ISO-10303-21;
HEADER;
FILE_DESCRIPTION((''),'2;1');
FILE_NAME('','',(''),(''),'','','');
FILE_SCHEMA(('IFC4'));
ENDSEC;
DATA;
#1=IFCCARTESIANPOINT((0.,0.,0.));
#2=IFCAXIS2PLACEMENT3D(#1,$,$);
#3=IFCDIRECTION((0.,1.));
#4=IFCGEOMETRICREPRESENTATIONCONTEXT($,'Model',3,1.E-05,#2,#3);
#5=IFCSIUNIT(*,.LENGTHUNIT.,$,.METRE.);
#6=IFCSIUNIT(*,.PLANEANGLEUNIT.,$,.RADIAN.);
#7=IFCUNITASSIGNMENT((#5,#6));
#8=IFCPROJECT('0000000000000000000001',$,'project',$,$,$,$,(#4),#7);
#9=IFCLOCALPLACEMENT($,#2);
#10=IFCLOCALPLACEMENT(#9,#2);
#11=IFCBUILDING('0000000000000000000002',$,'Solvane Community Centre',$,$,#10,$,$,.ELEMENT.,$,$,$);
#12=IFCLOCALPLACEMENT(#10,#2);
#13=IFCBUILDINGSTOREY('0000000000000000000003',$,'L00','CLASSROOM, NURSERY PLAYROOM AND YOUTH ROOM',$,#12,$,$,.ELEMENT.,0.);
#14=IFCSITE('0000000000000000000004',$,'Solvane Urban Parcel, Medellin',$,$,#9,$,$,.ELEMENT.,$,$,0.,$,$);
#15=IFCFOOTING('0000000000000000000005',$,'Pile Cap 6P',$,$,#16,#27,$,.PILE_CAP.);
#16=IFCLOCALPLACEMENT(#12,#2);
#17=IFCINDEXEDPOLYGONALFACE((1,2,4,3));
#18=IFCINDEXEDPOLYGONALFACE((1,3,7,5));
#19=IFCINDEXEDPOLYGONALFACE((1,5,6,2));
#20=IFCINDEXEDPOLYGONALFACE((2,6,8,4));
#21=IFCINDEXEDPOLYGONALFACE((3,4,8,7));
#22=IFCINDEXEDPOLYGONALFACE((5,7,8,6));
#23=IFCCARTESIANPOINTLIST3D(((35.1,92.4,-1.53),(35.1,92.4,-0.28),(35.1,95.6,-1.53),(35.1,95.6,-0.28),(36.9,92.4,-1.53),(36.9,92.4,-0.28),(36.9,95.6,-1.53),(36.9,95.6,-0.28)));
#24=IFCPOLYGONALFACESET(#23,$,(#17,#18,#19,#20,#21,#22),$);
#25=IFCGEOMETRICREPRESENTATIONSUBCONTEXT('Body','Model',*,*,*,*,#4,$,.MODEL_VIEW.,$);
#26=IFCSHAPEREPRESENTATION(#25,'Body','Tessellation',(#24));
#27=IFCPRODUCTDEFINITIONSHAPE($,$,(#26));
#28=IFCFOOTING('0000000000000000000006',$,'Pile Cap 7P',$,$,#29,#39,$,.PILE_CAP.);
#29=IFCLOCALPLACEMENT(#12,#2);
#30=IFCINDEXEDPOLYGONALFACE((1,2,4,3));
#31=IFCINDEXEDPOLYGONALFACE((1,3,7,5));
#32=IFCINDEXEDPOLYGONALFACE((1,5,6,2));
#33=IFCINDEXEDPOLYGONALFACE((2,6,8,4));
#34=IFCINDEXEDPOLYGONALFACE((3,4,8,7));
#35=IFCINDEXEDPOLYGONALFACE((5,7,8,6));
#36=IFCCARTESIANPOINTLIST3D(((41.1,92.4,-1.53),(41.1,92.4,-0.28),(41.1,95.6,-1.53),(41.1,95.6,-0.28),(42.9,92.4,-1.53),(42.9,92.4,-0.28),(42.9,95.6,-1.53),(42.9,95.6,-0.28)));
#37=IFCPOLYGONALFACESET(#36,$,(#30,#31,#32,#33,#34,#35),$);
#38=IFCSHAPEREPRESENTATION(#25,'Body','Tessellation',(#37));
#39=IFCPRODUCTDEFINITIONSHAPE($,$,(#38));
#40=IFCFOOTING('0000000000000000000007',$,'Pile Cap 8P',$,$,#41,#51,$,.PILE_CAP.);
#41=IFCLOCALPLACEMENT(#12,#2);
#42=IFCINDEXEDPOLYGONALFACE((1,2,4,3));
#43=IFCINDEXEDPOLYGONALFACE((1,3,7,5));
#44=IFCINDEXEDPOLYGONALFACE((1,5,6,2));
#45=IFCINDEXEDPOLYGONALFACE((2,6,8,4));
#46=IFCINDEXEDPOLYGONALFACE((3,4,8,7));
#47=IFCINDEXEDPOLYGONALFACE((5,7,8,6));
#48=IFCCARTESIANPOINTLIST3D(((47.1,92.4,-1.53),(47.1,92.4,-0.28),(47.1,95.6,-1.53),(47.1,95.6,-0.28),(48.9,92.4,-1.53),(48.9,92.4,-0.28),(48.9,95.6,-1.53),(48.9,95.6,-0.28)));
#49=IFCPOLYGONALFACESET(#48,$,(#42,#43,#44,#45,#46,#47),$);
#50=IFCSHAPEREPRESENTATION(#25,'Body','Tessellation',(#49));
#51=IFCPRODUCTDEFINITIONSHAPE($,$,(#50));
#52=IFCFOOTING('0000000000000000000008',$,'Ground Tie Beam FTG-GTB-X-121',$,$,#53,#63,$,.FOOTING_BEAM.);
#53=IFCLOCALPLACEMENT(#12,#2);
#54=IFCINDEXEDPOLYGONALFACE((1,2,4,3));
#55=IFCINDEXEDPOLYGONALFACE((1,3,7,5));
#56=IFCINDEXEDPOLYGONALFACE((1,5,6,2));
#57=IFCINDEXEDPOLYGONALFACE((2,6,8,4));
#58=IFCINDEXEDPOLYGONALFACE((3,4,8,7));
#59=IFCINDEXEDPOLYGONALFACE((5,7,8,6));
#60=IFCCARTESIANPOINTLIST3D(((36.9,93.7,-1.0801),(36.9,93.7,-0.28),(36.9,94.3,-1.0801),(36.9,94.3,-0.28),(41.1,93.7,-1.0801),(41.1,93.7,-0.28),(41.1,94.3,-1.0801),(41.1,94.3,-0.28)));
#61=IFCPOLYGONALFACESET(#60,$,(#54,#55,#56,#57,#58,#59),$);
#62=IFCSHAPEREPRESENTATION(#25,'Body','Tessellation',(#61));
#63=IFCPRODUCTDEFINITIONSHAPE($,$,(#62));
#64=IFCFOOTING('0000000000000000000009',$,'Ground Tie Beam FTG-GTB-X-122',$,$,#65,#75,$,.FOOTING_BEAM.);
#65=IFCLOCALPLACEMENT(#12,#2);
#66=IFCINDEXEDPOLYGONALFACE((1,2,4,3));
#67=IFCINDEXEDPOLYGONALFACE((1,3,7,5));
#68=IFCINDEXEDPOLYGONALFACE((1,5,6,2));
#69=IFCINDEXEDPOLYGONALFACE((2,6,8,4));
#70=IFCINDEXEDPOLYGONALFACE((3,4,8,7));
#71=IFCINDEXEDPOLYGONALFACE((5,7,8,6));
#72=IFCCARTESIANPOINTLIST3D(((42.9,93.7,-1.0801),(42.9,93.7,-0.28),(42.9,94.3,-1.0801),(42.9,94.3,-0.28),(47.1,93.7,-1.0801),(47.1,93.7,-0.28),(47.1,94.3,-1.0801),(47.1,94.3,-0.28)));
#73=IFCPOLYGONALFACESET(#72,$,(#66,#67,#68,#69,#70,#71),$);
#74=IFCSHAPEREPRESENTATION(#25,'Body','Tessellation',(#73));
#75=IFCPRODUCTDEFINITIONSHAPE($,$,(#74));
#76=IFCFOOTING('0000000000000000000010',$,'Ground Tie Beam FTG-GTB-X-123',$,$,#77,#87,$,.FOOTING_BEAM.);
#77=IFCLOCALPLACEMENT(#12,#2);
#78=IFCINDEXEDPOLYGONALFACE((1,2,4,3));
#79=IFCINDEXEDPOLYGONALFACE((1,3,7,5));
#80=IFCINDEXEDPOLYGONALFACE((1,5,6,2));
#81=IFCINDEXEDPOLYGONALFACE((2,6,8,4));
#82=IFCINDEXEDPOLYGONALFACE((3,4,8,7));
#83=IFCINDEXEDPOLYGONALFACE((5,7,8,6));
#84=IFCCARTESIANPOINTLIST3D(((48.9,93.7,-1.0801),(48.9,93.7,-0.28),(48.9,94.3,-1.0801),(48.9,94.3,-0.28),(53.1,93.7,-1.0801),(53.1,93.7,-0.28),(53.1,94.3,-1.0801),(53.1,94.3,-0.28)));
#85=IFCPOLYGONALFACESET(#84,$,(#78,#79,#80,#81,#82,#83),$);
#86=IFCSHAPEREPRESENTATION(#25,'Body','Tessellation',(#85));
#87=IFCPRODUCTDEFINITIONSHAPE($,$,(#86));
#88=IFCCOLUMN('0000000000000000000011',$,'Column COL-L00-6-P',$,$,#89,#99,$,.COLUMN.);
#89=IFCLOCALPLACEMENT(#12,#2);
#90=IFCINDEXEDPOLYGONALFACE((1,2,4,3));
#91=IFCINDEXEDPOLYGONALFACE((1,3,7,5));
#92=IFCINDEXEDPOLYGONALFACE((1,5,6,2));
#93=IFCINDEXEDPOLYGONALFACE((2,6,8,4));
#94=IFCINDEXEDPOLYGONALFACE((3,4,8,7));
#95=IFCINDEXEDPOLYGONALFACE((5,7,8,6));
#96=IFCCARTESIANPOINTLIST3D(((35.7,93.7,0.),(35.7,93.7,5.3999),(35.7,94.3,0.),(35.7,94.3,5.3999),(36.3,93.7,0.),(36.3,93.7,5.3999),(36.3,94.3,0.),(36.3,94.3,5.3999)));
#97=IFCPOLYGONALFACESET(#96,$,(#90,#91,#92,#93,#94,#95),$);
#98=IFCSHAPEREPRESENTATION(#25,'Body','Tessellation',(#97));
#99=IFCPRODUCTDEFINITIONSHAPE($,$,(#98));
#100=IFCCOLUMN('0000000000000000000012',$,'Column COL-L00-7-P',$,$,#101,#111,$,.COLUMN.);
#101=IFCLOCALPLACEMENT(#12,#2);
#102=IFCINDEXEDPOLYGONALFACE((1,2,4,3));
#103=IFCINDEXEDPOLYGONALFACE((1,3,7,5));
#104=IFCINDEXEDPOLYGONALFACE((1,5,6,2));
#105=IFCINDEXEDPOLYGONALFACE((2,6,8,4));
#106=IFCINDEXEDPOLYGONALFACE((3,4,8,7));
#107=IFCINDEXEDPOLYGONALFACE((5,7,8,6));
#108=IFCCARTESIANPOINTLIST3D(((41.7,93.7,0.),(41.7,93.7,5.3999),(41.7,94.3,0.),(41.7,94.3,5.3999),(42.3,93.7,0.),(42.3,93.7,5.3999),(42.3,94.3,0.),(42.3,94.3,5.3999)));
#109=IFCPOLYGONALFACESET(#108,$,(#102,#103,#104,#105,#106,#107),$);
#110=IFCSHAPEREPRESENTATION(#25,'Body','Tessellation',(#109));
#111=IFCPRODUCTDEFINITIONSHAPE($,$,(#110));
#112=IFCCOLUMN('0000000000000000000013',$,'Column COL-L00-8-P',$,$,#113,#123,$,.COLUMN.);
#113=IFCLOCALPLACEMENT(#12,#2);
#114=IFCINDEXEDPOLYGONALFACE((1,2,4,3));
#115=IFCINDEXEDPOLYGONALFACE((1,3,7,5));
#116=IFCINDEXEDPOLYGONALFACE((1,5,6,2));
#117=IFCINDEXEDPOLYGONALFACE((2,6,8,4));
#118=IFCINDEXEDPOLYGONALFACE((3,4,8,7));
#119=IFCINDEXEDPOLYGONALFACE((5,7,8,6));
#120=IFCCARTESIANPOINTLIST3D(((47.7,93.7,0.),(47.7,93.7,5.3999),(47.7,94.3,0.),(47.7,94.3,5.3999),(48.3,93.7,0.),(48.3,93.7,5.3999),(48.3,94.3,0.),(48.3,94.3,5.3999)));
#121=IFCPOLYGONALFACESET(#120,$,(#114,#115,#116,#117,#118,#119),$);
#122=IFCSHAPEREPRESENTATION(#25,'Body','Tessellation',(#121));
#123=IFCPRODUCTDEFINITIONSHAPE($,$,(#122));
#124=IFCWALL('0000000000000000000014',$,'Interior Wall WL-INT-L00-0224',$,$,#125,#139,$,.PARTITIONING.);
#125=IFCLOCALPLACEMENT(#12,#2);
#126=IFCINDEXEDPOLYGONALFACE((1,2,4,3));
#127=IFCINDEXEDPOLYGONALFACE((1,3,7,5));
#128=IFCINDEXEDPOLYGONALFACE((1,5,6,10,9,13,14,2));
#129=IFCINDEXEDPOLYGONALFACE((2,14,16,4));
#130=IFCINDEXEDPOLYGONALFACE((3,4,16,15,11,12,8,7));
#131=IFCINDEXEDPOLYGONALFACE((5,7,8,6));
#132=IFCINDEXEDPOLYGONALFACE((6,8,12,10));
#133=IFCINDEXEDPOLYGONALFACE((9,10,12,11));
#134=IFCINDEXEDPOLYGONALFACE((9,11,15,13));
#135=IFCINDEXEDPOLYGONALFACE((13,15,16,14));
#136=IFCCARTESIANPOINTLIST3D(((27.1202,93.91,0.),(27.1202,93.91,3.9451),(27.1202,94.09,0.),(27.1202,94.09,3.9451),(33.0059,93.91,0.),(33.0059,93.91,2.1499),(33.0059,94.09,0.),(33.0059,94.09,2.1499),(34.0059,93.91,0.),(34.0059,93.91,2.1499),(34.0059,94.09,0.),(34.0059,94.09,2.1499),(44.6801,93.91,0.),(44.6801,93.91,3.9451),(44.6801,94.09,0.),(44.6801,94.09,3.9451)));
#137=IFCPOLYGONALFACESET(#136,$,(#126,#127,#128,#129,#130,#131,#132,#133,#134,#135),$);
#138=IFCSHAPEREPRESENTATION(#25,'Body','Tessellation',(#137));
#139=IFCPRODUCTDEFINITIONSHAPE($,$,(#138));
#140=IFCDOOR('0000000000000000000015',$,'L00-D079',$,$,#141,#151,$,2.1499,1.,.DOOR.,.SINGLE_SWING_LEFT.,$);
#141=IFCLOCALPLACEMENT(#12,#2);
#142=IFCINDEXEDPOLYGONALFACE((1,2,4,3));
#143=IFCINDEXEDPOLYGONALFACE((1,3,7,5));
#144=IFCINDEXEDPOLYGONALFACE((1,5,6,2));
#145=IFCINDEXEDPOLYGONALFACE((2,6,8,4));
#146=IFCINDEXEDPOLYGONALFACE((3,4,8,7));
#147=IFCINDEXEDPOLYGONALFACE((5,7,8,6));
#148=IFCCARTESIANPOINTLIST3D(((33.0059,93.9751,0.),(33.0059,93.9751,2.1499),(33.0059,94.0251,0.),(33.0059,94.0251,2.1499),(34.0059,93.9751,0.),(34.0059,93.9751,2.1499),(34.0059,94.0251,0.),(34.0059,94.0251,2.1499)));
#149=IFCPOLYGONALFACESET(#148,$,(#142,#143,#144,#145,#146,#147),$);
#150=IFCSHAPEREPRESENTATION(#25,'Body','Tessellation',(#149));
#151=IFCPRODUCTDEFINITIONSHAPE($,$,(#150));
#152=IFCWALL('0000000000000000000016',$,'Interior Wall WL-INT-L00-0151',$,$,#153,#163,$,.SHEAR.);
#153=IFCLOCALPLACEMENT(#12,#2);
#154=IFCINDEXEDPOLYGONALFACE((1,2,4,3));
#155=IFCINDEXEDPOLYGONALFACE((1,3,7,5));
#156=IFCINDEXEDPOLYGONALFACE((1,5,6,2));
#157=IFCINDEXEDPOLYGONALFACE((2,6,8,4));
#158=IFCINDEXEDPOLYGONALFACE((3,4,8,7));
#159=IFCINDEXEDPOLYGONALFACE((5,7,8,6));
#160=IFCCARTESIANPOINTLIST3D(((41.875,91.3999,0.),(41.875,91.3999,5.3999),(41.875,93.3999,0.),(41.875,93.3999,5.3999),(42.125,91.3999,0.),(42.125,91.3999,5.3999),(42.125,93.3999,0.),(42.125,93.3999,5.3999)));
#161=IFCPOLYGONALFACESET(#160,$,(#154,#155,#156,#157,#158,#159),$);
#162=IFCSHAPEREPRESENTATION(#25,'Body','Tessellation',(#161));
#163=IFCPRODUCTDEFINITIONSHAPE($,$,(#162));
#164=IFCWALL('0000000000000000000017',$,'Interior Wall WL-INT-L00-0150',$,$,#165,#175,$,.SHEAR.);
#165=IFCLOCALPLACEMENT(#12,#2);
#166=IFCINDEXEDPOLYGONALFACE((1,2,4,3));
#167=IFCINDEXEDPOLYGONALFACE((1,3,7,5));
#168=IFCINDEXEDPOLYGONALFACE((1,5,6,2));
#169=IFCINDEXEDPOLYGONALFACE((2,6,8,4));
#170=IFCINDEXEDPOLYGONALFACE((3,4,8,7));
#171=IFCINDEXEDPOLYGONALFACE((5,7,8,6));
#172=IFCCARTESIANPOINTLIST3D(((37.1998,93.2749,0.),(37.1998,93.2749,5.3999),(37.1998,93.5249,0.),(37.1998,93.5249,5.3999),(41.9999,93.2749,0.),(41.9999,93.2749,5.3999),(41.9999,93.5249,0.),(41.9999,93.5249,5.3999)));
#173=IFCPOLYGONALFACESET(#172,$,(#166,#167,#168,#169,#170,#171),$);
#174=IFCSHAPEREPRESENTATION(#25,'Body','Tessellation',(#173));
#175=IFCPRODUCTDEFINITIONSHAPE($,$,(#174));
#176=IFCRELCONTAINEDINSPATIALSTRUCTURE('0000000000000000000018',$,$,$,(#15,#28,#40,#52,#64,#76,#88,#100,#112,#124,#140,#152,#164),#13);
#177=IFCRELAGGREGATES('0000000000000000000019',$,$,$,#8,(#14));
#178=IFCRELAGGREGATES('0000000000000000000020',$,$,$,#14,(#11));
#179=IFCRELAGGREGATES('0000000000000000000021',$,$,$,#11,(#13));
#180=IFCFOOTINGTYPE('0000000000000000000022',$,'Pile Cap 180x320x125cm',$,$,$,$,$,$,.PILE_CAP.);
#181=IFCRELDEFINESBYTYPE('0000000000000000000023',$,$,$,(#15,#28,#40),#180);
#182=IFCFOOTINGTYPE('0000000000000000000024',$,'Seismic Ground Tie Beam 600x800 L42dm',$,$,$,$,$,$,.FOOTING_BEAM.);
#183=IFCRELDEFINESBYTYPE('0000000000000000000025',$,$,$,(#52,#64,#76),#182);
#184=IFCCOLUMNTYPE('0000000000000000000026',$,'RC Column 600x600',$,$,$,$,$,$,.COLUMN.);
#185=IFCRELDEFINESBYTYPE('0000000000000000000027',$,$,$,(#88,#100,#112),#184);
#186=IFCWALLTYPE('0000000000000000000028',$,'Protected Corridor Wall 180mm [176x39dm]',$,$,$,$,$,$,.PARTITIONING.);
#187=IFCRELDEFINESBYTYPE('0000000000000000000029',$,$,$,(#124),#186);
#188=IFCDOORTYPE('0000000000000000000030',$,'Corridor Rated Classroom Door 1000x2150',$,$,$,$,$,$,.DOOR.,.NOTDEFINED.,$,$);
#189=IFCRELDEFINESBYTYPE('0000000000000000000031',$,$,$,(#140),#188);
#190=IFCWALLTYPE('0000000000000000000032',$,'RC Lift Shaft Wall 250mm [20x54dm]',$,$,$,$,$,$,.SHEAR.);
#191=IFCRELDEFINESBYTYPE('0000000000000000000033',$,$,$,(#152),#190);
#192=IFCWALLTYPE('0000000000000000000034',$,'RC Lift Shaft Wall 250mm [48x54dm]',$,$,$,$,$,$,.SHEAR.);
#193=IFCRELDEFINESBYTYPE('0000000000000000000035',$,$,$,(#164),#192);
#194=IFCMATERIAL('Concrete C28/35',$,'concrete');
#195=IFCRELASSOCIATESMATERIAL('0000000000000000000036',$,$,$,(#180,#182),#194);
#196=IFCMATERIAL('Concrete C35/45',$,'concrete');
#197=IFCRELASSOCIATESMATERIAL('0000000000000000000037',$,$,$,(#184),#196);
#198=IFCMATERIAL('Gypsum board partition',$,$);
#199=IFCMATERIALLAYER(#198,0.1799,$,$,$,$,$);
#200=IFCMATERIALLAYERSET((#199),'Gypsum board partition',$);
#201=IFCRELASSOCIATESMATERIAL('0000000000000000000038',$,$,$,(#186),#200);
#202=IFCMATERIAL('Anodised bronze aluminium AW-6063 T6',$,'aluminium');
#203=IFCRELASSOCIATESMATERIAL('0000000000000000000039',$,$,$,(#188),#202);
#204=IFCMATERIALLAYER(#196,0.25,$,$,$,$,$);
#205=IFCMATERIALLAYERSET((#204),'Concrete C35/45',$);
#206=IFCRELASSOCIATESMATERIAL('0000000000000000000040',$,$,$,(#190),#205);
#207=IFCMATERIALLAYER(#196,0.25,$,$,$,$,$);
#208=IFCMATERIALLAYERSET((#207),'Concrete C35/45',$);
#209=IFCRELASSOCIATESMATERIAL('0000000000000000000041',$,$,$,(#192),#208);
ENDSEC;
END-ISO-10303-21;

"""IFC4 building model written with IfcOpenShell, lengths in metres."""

from ifc_helpers import new_model, si_unit, direction, frame, frame_2d, origin, origin_2d, place, context, subcontext, project, spatial, rectangle, extrude, material, layer, layer_set, material_profile, profile_set, type_object, element, fill, save


model = new_model("IFC4")

# Units and contexts
model_context = context("Model", 3, precision=1e-05, world=origin(), true_north=direction((0.0, 1.0)))
body_context = subcontext(model_context, "Body", "Model", "MODEL_VIEW")
ifc_project = project(units=[si_unit("LENGTHUNIT", "METRE"), si_unit("PLANEANGLEUNIT", "RADIAN")], contexts=[model_context])

# Site, building, storey
site_placement = place(None, origin())
site = spatial("IfcSite", under=ifc_project, at=site_placement, Name="Solvane Urban Parcel, Medellin", CompositionType="ELEMENT", RefElevation=0.0)
building_placement = place(site_placement, origin())
building = spatial("IfcBuilding", under=site, at=building_placement, Name="Solvane Community Centre", CompositionType="ELEMENT")
storey_placement = place(building_placement, origin())
storey = spatial("IfcBuildingStorey", under=building, at=storey_placement, Name="L00", Description="CLASSROOM, NURSERY PLAYROOM AND YOUTH ROOM", CompositionType="ELEMENT", Elevation=0.0)

# Shared definitions
ifc_material_1 = material(Name="Concrete C28/35", Category="concrete")

# Footings
footing_type_1 = type_object("IfcFootingType", Name="Pile Cap 180x320x125cm", PredefinedType="PILE_CAP", material=ifc_material_1)
for number, where, z_axis, x_axis, name in (
    (1, (36.0, 94.0, -1.53), (0.0, 0.0, 1.0), (1.0, 0.0, 0.0), "Pile Cap 6P"),
    (2, (42.0, 94.0, -1.53), (0.0, 0.0, 1.0), (1.0, 0.0, 0.0), "Pile Cap 7P"),
    (3, (48.0, 94.0, -1.53), (0.0, 0.0, 1.0), (1.0, 0.0, 0.0), "Pile Cap 8P"),
):
    element("IfcFooting", number, at=place(storey_placement, frame(where, z_axis=z_axis, x_axis=x_axis)), inside=storey, type_object=footing_type_1, Name=name, PredefinedType="PILE_CAP", context=body_context, shape_type="SweptSolid", body=[
        extrude(rectangle(XDim=1.8, YDim=3.2, at=origin_2d()), origin(), (0.0, 0.0, 1.0), 1.25),
    ])
footing_type_2 = type_object("IfcFootingType", Name="Seismic Ground Tie Beam 600x800 L42dm", PredefinedType="FOOTING_BEAM", material=ifc_material_1)
for number, where, z_axis, x_axis, name in (
    (4, (39.0, 94.0, -1.0801), (0.0, 0.0, 1.0), (1.0, 0.0, 0.0), "Ground Tie Beam FTG-GTB-X-121"),
    (5, (45.0, 94.0, -1.0801), (0.0, 0.0, 1.0), (1.0, 0.0, 0.0), "Ground Tie Beam FTG-GTB-X-122"),
    (6, (51.0, 94.0, -1.0801), (0.0, 0.0, 1.0), (1.0, 0.0, 0.0), "Ground Tie Beam FTG-GTB-X-123"),
):
    element("IfcFooting", number, at=place(storey_placement, frame(where, z_axis=z_axis, x_axis=x_axis)), inside=storey, type_object=footing_type_2, Name=name, PredefinedType="FOOTING_BEAM", context=body_context, shape_type="SweptSolid", body=[
        extrude(rectangle(XDim=4.2, YDim=0.6001, at=origin_2d()), origin(), (0.0, 0.0, 1.0), 0.8),
    ])

# Columns
ifc_material_2 = material(Name="Concrete C35/45", Category="concrete")
ifc_material_profile_1 = material_profile(ifc_material_2, rectangle(XDim=0.6001, YDim=0.6001, at=origin_2d()), Name="RC 600x600")
ifc_profile_set_1 = profile_set([ifc_material_profile_1], Name="Concrete C35/45")
column_type = type_object("IfcColumnType", Name="RC Column 600x600", PredefinedType="COLUMN", material=ifc_profile_set_1)
for number, where, z_axis, x_axis, name in (
    (7, (36.0, 94.0, 0.0), (0.0, 0.0, 1.0), (1.0, 0.0, 0.0), "Column COL-L00-6-P"),
    (8, (42.0, 94.0, 0.0), (0.0, 0.0, 1.0), (1.0, 0.0, 0.0), "Column COL-L00-7-P"),
    (9, (48.0, 94.0, 0.0), (0.0, 0.0, 1.0), (1.0, 0.0, 0.0), "Column COL-L00-8-P"),
):
    element("IfcColumn", number, at=place(storey_placement, frame(where, z_axis=z_axis, x_axis=x_axis)), inside=storey, type_object=column_type, Name=name, PredefinedType="COLUMN", context=body_context, shape_type="SweptSolid", body=[
        extrude(rectangle(XDim=0.6001, YDim=0.6001, at=origin_2d()), origin(), (0.0, 0.0, 1.0), 5.3999),
    ])

# Wall, opening, door
ifc_material_3 = material(Name="Gypsum board partition")
ifc_layer_1 = layer(ifc_material_3, 0.1799)
ifc_layer_set_1 = layer_set([ifc_layer_1], Name="Gypsum board partition")
wall_type_1 = type_object("IfcWallType", Name="Protected Corridor Wall 180mm [176x39dm]", PredefinedType="PARTITIONING", material=ifc_layer_set_1)
wall_1_placement = place(storey_placement, frame((44.6799, 94.0, 0.0), z_axis=(0.0, 0.0, 1.0), x_axis=(-1.0, 0.0, 0.0)))
wall_1 = element("IfcWall", 10, at=wall_1_placement, inside=storey, type_object=wall_type_1, Name="Interior Wall WL-INT-L00-0224", PredefinedType="PARTITIONING", context=body_context, shape_type="SweptSolid", body=[
    extrude(rectangle(XDim=17.5598, YDim=0.1799, at=frame_2d((8.7798, 0.0))), origin(), (0.0, 0.0, 1.0), 3.9451),
])
opening_1_placement = place(wall_1_placement, frame((10.6741, 0.0, 0.0)))
opening_1 = element("IfcOpeningElement", 11, at=opening_1_placement, cuts=wall_1, PredefinedType="OPENING", context=body_context, shape_type="SweptSolid", body=[
    extrude(rectangle(XDim=1.0, YDim=2.1499, at=frame_2d((0.5, 1.075))), frame((0.0, 0.0999, 0.0), z_axis=(0.0, -1.0, 0.0), x_axis=(1.0, 0.0, 0.0)), (0.0, 0.0, 1.0), 0.2),
])
ifc_material_4 = material(Name="Anodised bronze aluminium AW-6063 T6", Category="aluminium")
door_type_1 = type_object("IfcDoorType", Name="Corridor Rated Classroom Door 1000x2150", OperationType="NOTDEFINED", PredefinedType="DOOR", material=ifc_material_4)
door_1_placement = place(opening_1_placement, origin())
door_1 = element("IfcDoor", 12, at=door_1_placement, inside=storey, type_object=door_type_1, Name="L00-D079", OperationType="SINGLE_SWING_LEFT", OverallHeight=2.1499, OverallWidth=1.0, PredefinedType="DOOR", context=body_context, shape_type="SweptSolid", body=[
    extrude(rectangle(XDim=1.0, YDim=2.1499, at=frame_2d((0.5, 1.075))), frame((0.0, 0.0249, 0.0), z_axis=(0.0, -1.0, 0.0), x_axis=(1.0, 0.0, 0.0)), (0.0, 0.0, 1.0), 0.05),
])
fill(opening_1, door_1)

# Walls
ifc_layer_2 = layer(ifc_material_2, 0.25)
ifc_layer_set_2 = layer_set([ifc_layer_2], Name="Concrete C35/45")
wall_type_2 = type_object("IfcWallType", Name="RC Lift Shaft Wall 250mm [20x54dm]", PredefinedType="SHEAR", material=ifc_layer_set_2)
wall_2_placement = place(storey_placement, frame((42.0, 93.3999, 0.0), z_axis=(0.0, 0.0, 1.0), x_axis=(0.0, -1.0, 0.0)))
element("IfcWall", 13, at=wall_2_placement, inside=storey, type_object=wall_type_2, Name="Interior Wall WL-INT-L00-0151", PredefinedType="SHEAR", context=body_context, shape_type="SweptSolid", body=[
    extrude(rectangle(XDim=2.0, YDim=0.25, at=frame_2d((1.0, 0.0))), origin(), (0.0, 0.0, 1.0), 5.3999),
])
ifc_layer_3 = layer(ifc_material_2, 0.25)
ifc_layer_set_3 = layer_set([ifc_layer_3], Name="Concrete C35/45")
wall_type_3 = type_object("IfcWallType", Name="RC Lift Shaft Wall 250mm [48x54dm]", PredefinedType="SHEAR", material=ifc_layer_set_3)
wall_3_placement = place(storey_placement, frame((37.2, 93.3999, 0.0), z_axis=(0.0, 0.0, 1.0), x_axis=(1.0, 0.0, 0.0)))
element("IfcWall", 14, at=wall_3_placement, inside=storey, type_object=wall_type_3, Name="Interior Wall WL-INT-L00-0150", PredefinedType="SHEAR", context=body_context, shape_type="SweptSolid", body=[
    extrude(rectangle(XDim=4.8, YDim=0.25, at=frame_2d((2.3999, 0.0))), origin(), (0.0, 0.0, 1.0), 5.3999),
])

save(model, "model.ifc")
